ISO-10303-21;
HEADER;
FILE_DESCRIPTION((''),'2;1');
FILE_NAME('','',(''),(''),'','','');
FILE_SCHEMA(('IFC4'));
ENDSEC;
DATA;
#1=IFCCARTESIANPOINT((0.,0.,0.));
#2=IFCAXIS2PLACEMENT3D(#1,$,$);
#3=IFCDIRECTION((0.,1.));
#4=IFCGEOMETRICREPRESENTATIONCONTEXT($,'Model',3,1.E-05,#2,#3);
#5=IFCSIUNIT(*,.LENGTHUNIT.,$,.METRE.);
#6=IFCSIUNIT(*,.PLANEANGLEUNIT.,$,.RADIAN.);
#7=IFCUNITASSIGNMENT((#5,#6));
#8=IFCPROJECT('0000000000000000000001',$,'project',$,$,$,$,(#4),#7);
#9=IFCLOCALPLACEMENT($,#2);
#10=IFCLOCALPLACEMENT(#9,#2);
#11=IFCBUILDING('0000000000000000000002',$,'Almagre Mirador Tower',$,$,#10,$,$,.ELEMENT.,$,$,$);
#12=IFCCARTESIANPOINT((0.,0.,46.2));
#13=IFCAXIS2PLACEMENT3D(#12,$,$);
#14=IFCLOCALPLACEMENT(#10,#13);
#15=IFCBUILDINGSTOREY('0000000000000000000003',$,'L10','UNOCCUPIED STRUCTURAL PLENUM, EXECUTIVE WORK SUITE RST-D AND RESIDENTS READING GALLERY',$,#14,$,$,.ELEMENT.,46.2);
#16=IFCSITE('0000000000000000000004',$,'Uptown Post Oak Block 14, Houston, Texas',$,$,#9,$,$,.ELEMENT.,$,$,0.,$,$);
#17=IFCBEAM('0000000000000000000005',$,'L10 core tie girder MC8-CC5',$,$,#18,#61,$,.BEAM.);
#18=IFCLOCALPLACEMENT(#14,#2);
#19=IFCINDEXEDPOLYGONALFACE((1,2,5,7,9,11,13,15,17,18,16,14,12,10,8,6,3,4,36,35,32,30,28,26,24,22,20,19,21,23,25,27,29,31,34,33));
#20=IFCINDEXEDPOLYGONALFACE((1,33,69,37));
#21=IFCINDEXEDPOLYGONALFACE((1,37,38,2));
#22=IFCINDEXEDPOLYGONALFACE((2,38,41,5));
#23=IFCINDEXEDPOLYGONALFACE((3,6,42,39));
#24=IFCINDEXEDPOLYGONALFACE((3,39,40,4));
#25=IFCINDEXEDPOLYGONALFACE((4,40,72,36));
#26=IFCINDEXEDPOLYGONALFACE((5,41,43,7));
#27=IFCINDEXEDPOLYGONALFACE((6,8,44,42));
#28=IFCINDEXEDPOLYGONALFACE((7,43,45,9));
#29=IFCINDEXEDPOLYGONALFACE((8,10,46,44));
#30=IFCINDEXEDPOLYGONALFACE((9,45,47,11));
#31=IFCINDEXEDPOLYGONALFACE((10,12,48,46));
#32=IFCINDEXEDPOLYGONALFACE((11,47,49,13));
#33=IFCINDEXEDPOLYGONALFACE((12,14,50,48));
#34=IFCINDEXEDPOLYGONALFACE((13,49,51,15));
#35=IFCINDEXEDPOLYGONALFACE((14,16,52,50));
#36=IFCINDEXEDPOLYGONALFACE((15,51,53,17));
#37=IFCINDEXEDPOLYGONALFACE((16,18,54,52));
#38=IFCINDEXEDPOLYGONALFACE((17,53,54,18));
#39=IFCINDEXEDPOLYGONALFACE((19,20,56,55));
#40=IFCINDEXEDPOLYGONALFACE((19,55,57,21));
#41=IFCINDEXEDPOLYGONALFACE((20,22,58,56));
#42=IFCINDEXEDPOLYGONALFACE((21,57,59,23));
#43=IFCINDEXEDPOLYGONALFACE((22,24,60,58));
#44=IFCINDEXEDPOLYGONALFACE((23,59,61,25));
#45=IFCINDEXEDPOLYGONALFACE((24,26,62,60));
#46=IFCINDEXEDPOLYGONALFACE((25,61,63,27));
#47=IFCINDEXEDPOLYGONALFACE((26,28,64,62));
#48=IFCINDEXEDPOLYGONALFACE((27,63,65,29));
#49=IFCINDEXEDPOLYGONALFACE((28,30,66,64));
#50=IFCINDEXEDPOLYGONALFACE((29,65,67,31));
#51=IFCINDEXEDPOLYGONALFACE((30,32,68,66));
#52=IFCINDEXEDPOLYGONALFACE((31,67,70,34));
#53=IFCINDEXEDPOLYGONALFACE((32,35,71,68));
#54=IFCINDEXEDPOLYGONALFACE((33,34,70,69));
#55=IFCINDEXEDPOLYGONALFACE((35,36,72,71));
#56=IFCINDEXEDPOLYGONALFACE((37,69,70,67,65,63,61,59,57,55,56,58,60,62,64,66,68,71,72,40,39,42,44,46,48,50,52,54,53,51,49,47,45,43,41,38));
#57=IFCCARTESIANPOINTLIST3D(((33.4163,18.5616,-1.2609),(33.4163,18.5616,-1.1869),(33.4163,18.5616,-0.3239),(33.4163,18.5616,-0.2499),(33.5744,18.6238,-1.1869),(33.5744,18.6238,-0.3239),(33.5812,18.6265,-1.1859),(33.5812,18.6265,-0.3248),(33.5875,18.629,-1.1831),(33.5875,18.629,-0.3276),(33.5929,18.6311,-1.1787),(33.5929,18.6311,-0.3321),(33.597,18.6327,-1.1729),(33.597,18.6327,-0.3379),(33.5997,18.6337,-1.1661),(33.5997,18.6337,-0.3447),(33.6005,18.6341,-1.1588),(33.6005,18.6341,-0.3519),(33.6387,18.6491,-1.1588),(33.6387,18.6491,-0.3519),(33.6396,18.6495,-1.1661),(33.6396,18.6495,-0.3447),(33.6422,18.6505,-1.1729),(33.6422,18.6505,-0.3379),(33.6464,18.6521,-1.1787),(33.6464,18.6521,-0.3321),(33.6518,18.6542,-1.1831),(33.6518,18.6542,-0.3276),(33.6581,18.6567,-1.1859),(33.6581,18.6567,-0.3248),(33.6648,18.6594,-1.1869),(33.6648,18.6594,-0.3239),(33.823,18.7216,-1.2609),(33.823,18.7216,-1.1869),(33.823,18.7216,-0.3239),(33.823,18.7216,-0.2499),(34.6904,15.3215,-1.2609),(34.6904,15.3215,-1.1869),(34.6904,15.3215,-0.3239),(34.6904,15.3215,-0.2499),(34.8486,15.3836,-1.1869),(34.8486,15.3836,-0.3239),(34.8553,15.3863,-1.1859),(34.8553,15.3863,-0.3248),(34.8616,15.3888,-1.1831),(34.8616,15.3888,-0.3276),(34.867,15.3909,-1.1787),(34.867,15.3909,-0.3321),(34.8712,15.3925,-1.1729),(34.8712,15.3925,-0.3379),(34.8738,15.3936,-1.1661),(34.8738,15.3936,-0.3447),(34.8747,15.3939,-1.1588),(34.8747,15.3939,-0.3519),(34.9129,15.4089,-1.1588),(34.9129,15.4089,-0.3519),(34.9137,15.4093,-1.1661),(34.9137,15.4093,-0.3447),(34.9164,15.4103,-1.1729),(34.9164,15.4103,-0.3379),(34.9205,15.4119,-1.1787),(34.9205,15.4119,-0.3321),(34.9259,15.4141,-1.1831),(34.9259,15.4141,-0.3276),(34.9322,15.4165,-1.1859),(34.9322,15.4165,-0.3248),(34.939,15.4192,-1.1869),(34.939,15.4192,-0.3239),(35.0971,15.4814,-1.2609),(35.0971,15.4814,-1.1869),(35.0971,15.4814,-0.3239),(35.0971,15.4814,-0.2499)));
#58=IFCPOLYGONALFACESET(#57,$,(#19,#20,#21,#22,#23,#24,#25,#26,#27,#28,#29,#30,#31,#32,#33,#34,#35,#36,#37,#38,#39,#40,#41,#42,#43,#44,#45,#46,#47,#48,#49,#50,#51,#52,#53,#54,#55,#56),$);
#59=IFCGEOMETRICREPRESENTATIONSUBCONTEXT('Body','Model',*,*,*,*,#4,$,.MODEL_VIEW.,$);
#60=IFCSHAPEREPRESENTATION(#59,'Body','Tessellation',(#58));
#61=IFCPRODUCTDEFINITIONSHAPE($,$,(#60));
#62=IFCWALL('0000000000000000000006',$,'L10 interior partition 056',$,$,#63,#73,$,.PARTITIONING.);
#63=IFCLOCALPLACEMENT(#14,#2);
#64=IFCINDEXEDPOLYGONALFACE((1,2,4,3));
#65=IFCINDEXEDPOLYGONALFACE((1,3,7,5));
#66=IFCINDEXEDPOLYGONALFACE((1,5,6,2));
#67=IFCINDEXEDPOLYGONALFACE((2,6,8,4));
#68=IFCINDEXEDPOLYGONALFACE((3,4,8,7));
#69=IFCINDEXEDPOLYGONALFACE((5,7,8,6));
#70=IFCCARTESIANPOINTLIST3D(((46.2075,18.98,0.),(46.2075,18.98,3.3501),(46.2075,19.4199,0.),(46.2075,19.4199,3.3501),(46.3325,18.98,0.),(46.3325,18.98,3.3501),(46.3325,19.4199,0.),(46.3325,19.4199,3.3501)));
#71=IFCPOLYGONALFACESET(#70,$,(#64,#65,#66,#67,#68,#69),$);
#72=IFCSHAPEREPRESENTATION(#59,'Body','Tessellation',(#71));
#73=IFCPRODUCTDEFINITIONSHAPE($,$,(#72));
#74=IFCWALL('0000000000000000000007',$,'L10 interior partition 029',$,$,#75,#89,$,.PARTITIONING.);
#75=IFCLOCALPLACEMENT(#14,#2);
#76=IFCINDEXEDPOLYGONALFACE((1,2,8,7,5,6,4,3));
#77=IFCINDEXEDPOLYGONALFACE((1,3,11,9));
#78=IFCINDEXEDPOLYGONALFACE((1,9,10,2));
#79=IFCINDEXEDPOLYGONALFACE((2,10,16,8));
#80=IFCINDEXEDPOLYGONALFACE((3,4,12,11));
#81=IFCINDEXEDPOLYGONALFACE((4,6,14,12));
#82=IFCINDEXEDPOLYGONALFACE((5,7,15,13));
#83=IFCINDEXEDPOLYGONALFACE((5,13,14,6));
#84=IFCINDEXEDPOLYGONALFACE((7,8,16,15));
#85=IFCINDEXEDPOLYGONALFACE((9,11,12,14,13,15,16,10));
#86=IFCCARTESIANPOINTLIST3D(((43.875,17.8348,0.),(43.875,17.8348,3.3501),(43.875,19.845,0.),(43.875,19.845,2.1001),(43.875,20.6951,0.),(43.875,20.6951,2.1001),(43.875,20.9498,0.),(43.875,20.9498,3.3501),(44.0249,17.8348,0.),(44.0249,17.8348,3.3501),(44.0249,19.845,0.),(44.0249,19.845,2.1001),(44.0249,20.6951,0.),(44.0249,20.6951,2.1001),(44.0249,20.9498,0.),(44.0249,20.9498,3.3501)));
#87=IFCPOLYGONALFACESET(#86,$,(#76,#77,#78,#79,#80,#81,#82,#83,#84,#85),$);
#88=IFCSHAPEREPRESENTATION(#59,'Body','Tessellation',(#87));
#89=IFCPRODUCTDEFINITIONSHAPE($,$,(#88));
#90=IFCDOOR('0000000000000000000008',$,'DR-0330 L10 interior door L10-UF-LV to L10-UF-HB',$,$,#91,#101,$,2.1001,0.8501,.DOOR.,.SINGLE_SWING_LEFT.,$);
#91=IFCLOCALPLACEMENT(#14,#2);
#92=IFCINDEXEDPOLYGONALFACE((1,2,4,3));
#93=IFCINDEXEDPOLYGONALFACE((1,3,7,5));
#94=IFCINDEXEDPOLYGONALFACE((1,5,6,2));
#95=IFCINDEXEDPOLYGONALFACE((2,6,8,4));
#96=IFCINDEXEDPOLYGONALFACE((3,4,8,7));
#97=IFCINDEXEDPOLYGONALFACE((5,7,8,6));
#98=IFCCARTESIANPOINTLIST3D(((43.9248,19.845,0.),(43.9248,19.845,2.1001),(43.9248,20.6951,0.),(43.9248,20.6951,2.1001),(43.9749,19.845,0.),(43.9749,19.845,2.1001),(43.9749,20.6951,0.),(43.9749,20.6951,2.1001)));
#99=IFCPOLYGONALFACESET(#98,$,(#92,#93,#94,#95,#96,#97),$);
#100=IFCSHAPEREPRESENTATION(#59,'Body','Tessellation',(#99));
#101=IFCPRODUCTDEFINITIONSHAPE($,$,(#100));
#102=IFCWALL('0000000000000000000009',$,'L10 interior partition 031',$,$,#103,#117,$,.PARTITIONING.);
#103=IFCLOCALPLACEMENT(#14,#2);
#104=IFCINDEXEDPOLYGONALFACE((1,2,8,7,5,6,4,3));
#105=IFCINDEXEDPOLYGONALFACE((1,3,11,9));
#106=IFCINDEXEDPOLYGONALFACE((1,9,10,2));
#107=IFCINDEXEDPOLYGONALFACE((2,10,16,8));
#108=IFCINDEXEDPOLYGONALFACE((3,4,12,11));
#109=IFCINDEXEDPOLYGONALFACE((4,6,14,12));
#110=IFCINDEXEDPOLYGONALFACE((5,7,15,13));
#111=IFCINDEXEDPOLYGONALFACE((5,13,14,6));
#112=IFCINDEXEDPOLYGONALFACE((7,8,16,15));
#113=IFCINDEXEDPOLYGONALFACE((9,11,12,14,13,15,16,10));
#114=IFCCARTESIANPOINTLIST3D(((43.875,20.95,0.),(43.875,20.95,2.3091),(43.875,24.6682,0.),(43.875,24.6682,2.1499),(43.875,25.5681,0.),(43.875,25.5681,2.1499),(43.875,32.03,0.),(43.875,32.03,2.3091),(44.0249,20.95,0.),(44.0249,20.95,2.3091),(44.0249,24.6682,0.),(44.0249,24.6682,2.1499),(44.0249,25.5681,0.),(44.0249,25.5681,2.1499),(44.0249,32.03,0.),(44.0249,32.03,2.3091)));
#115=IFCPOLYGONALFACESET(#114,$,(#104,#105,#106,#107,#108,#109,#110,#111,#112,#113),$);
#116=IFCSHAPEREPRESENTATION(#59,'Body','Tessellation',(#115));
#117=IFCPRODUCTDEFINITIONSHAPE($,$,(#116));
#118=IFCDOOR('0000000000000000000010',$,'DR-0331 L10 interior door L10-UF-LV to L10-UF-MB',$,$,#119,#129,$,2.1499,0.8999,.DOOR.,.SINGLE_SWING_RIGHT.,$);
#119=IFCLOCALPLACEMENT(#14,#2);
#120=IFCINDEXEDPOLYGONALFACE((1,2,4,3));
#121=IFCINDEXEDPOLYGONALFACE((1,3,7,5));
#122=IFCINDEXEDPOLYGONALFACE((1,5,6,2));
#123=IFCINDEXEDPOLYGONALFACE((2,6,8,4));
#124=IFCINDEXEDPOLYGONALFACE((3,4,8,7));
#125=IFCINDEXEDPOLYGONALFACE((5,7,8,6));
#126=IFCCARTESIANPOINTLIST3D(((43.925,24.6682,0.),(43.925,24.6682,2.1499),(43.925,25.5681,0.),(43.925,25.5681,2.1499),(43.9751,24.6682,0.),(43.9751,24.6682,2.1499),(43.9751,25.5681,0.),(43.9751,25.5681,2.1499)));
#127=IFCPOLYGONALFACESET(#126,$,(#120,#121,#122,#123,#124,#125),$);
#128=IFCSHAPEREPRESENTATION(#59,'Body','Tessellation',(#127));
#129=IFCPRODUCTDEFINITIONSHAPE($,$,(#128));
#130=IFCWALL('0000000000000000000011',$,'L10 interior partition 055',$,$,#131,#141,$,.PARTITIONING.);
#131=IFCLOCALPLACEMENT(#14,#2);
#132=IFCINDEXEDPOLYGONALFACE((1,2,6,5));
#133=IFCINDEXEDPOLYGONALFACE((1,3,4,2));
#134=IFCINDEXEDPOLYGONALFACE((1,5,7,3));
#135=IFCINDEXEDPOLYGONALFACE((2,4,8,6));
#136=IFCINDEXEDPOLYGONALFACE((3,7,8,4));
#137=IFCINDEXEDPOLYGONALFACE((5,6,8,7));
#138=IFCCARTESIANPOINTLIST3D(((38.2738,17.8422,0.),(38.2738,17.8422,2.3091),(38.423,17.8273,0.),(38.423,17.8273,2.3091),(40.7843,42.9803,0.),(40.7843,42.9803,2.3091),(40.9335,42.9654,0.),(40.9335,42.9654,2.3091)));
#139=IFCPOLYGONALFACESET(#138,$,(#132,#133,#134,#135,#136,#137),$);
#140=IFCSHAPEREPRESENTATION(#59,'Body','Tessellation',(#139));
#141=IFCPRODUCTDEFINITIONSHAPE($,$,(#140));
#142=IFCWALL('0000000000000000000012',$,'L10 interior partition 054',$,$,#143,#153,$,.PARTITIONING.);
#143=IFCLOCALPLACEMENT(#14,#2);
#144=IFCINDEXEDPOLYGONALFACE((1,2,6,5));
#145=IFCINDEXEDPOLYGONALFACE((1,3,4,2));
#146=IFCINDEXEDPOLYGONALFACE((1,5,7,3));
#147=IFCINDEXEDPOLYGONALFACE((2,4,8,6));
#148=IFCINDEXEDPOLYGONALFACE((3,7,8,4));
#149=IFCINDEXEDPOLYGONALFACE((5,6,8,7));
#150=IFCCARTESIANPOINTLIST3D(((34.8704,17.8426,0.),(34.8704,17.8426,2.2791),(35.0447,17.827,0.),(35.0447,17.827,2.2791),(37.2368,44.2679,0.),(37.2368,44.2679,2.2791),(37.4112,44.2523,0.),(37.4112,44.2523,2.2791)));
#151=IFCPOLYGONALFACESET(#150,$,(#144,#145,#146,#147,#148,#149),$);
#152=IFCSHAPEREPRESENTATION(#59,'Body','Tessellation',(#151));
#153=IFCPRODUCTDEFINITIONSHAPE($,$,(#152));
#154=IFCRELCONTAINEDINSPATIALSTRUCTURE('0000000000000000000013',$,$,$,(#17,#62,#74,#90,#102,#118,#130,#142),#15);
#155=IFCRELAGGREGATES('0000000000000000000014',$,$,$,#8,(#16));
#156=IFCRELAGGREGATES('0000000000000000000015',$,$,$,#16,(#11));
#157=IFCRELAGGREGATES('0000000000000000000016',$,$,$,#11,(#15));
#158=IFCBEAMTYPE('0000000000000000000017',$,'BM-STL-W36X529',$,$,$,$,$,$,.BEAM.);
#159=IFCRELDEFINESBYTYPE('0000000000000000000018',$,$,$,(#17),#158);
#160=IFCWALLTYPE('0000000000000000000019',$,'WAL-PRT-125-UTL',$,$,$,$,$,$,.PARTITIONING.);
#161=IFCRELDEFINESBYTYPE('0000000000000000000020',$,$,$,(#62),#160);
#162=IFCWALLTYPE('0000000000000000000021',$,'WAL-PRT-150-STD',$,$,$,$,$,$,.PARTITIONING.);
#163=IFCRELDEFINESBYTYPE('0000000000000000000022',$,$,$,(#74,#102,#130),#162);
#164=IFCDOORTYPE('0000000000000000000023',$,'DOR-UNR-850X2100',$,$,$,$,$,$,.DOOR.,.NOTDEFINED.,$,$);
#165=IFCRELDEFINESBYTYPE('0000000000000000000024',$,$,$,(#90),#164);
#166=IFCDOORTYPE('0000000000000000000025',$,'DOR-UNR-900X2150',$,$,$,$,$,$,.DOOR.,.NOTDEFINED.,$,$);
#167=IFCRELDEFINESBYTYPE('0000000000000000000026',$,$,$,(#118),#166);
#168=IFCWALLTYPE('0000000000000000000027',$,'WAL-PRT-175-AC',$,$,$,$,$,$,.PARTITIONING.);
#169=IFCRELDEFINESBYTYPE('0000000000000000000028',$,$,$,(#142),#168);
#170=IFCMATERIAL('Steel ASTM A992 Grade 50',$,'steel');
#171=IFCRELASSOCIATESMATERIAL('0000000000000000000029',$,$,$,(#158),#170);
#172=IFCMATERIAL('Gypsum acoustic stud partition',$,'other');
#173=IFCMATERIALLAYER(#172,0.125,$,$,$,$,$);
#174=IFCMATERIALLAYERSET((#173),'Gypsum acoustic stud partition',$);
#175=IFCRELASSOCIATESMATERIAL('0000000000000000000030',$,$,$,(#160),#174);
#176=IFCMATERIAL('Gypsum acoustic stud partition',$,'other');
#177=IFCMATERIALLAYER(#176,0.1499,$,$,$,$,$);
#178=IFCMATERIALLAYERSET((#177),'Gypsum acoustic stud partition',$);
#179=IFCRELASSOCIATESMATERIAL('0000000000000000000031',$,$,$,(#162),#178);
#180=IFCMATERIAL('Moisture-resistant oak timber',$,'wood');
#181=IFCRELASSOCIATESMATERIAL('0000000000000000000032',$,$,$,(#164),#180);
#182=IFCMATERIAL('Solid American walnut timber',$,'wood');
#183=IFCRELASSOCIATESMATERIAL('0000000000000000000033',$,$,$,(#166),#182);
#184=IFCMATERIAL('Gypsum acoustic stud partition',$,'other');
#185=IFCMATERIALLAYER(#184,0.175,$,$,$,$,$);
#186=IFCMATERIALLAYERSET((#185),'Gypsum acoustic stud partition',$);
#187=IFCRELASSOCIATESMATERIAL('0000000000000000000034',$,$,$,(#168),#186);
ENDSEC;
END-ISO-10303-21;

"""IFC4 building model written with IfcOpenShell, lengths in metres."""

from ifc_helpers import new_model, si_unit, direction, frame, frame_2d, origin, origin_2d, place, context, subcontext, project, spatial, rectangle, i_section, extrude, material, layer, layer_set, material_profile, profile_set, type_object, element, fill, save


model = new_model("IFC4")

# Units and contexts
model_context = context("Model", 3, precision=1e-05, world=origin(), true_north=direction((0.0, 1.0)))
body_context = subcontext(model_context, "Body", "Model", "MODEL_VIEW")
ifc_project = project(units=[si_unit("LENGTHUNIT", "METRE"), si_unit("PLANEANGLEUNIT", "RADIAN")], contexts=[model_context])

# Site, building, storey
site_placement = place(None, origin())
site = spatial("IfcSite", under=ifc_project, at=site_placement, Name="Uptown Post Oak Block 14, Houston, Texas", CompositionType="ELEMENT", RefElevation=0.0)
building_placement = place(site_placement, origin())
building = spatial("IfcBuilding", under=site, at=building_placement, Name="Almagre Mirador Tower", CompositionType="ELEMENT")
storey_placement = place(building_placement, frame((0.0, 0.0, 46.2)))
storey = spatial("IfcBuildingStorey", under=building, at=storey_placement, Name="L10", Description="UNOCCUPIED STRUCTURAL PLENUM, EXECUTIVE WORK SUITE RST-D AND RESIDENTS READING GALLERY", CompositionType="ELEMENT", Elevation=46.2)

# Beam
ifc_material_1 = material(Name="Steel ASTM A992 Grade 50", Category="steel")
ifc_material_profile_1 = material_profile(ifc_material_1, i_section(OverallWidth=0.437, OverallDepth=1.011, WebThickness=0.041, FlangeThickness=0.074, FilletRadius=0.0281, at=origin_2d()), Name="W36X529")
ifc_profile_set_1 = profile_set([ifc_material_profile_1], Name="Steel ASTM A992 Grade 50")
beam_type_1 = type_object("IfcBeamType", Name="BM-STL-W36X529", PredefinedType="BEAM", material=ifc_profile_set_1)
beam_1_placement = place(storey_placement, frame((33.6196, 18.6416, -0.7554), z_axis=(0.365956, -0.930632, 0.0), x_axis=(0.930632, 0.365956, 0.0)))
element("IfcBeam", 1, at=beam_1_placement, inside=storey, type_object=beam_type_1, Name="L10 core tie girder MC8-CC5", PredefinedType="BEAM", context=body_context, shape_type="SweptSolid", body=[
    extrude(i_section(OverallWidth=0.437, OverallDepth=1.011, WebThickness=0.041, FlangeThickness=0.074, FilletRadius=0.0281, at=origin_2d()), origin(), (0.0, 0.0, 1.0), 3.4817),
])

# Wall
ifc_material_2 = material(Name="Gypsum acoustic stud partition", Category="other")
ifc_layer_1 = layer(ifc_material_2, 0.125)
ifc_layer_set_1 = layer_set([ifc_layer_1], Name="Gypsum acoustic stud partition")
wall_type_1 = type_object("IfcWallType", Name="WAL-PRT-125-UTL", PredefinedType="PARTITIONING", material=ifc_layer_set_1)
wall_1_placement = place(storey_placement, frame((46.27, 19.4199, 0.0), z_axis=(0.0, 0.0, 1.0), x_axis=(0.0, -1.0, 0.0)))
element("IfcWall", 2, at=wall_1_placement, inside=storey, type_object=wall_type_1, Name="L10 interior partition 056", PredefinedType="PARTITIONING", context=body_context, shape_type="SweptSolid", body=[
    extrude(rectangle(XDim=0.4399, YDim=0.125, at=frame_2d((0.22, 0.0))), origin(), (0.0, 0.0, 1.0), 3.3501),
])

# Walls, openings, doors
ifc_material_3 = material(Name="Gypsum acoustic stud partition", Category="other")
ifc_layer_2 = layer(ifc_material_3, 0.1499)
ifc_layer_set_2 = layer_set([ifc_layer_2], Name="Gypsum acoustic stud partition")
wall_type_2 = type_object("IfcWallType", Name="WAL-PRT-150-STD", PredefinedType="PARTITIONING", material=ifc_layer_set_2)
wall_2_placement = place(storey_placement, frame((43.95, 20.95, 0.0), z_axis=(0.0, 0.0, 1.0), x_axis=(0.0, -1.0, 0.0)))
wall_2 = element("IfcWall", 3, at=wall_2_placement, inside=storey, type_object=wall_type_2, Name="L10 interior partition 029", PredefinedType="PARTITIONING", context=body_context, shape_type="SweptSolid", body=[
    extrude(rectangle(XDim=3.115, YDim=0.1499, at=frame_2d((1.5576, 0.0))), origin(), (0.0, 0.0, 1.0), 3.3501),
])
opening_1_placement = place(wall_2_placement, frame((0.2549, 0.0, 0.0)))
opening_1 = element("IfcOpeningElement", 4, at=opening_1_placement, cuts=wall_2, PredefinedType="OPENING", context=body_context, shape_type="SweptSolid", body=[
    extrude(rectangle(XDim=0.8501, YDim=2.1001, at=frame_2d((0.425, 1.05))), frame((0.0, 0.085, 0.0), z_axis=(0.0, -1.0, 0.0), x_axis=(1.0, 0.0, 0.0)), (0.0, 0.0, 1.0), 0.1699),
])
ifc_material_4 = material(Name="Moisture-resistant oak timber", Category="wood")
door_type_1 = type_object("IfcDoorType", Name="DOR-UNR-850X2100", OperationType="NOTDEFINED", PredefinedType="DOOR", material=ifc_material_4)
door_1_placement = place(opening_1_placement, origin())
door_1 = element("IfcDoor", 5, at=door_1_placement, inside=storey, type_object=door_type_1, Name="DR-0330 L10 interior door L10-UF-LV to L10-UF-HB", OperationType="SINGLE_SWING_LEFT", OverallHeight=2.1001, OverallWidth=0.8501, PredefinedType="DOOR", context=body_context, shape_type="SweptSolid", body=[
    extrude(rectangle(XDim=0.8501, YDim=2.1001, at=frame_2d((0.425, 1.05))), frame((0.0, 0.0249, 0.0), z_axis=(0.0, -1.0, 0.0), x_axis=(1.0, 0.0, 0.0)), (0.0, 0.0, 1.0), 0.05),
])
fill(opening_1, door_1)
wall_3_placement = place(storey_placement, frame((43.95, 20.95, 0.0), z_axis=(0.0, 0.0, 1.0), x_axis=(0.0, 1.0, 0.0)))
wall_3 = element("IfcWall", 6, at=wall_3_placement, inside=storey, type_object=wall_type_2, Name="L10 interior partition 031", PredefinedType="PARTITIONING", context=body_context, shape_type="SweptSolid", body=[
    extrude(rectangle(XDim=11.0801, YDim=0.1499, at=frame_2d((5.54, 0.0))), origin(), (0.0, 0.0, 1.0), 2.3091),
])
opening_2_placement = place(wall_3_placement, frame((3.7183, 0.0, 0.0)))
opening_2 = element("IfcOpeningElement", 7, at=opening_2_placement, cuts=wall_3, PredefinedType="OPENING", context=body_context, shape_type="SweptSolid", body=[
    extrude(rectangle(XDim=0.8999, YDim=2.1499, at=frame_2d((0.45, 1.075))), frame((0.0, 0.085, 0.0), z_axis=(0.0, -1.0, 0.0), x_axis=(1.0, 0.0, 0.0)), (0.0, 0.0, 1.0), 0.1699),
])
ifc_material_5 = material(Name="Solid American walnut timber", Category="wood")
door_type_2 = type_object("IfcDoorType", Name="DOR-UNR-900X2150", OperationType="NOTDEFINED", PredefinedType="DOOR", material=ifc_material_5)
door_2_placement = place(opening_2_placement, origin())
door_2 = element("IfcDoor", 8, at=door_2_placement, inside=storey, type_object=door_type_2, Name="DR-0331 L10 interior door L10-UF-LV to L10-UF-MB", OperationType="SINGLE_SWING_RIGHT", OverallHeight=2.1499, OverallWidth=0.8999, PredefinedType="DOOR", context=body_context, shape_type="SweptSolid", body=[
    extrude(rectangle(XDim=0.8999, YDim=2.1499, at=frame_2d((0.45, 1.075))), frame((0.0, 0.0249, 0.0), z_axis=(0.0, -1.0, 0.0), x_axis=(1.0, 0.0, 0.0)), (0.0, 0.0, 1.0), 0.05),
])
fill(opening_2, door_2)

# Walls
wall_4_placement = place(storey_placement, frame((38.3484, 17.8347, 0.0), z_axis=(0.0, 0.0, 1.0), x_axis=(0.099374, 0.99505, 0.0)))
element("IfcWall", 9, at=wall_4_placement, inside=storey, type_object=wall_type_2, Name="L10 interior partition 055", PredefinedType="PARTITIONING", context=body_context, shape_type="SweptSolid", body=[
    extrude(rectangle(XDim=25.2632, YDim=0.1499, at=frame_2d((12.6316, 0.0))), origin(), (0.0, 0.0, 1.0), 2.3091),
])
ifc_material_6 = material(Name="Gypsum acoustic stud partition", Category="other")
ifc_layer_3 = layer(ifc_material_6, 0.175)
ifc_layer_set_3 = layer_set([ifc_layer_3], Name="Gypsum acoustic stud partition")
wall_type_3 = type_object("IfcWallType", Name="WAL-PRT-175-AC", PredefinedType="PARTITIONING", material=ifc_layer_set_3)
wall_5_placement = place(storey_placement, frame((34.9575, 17.8347, 0.0), z_axis=(0.0, 0.0, 1.0), x_axis=(0.089196, 0.996014, 0.0)))
element("IfcWall", 10, at=wall_5_placement, inside=storey, type_object=wall_type_3, Name="L10 interior partition 054", PredefinedType="PARTITIONING", context=body_context, shape_type="SweptSolid", body=[
    extrude(rectangle(XDim=26.531, YDim=0.175, at=frame_2d((13.2656, 0.0))), origin(), (0.0, 0.0, 1.0), 2.2791),
])

save(model, "model.ifc")
